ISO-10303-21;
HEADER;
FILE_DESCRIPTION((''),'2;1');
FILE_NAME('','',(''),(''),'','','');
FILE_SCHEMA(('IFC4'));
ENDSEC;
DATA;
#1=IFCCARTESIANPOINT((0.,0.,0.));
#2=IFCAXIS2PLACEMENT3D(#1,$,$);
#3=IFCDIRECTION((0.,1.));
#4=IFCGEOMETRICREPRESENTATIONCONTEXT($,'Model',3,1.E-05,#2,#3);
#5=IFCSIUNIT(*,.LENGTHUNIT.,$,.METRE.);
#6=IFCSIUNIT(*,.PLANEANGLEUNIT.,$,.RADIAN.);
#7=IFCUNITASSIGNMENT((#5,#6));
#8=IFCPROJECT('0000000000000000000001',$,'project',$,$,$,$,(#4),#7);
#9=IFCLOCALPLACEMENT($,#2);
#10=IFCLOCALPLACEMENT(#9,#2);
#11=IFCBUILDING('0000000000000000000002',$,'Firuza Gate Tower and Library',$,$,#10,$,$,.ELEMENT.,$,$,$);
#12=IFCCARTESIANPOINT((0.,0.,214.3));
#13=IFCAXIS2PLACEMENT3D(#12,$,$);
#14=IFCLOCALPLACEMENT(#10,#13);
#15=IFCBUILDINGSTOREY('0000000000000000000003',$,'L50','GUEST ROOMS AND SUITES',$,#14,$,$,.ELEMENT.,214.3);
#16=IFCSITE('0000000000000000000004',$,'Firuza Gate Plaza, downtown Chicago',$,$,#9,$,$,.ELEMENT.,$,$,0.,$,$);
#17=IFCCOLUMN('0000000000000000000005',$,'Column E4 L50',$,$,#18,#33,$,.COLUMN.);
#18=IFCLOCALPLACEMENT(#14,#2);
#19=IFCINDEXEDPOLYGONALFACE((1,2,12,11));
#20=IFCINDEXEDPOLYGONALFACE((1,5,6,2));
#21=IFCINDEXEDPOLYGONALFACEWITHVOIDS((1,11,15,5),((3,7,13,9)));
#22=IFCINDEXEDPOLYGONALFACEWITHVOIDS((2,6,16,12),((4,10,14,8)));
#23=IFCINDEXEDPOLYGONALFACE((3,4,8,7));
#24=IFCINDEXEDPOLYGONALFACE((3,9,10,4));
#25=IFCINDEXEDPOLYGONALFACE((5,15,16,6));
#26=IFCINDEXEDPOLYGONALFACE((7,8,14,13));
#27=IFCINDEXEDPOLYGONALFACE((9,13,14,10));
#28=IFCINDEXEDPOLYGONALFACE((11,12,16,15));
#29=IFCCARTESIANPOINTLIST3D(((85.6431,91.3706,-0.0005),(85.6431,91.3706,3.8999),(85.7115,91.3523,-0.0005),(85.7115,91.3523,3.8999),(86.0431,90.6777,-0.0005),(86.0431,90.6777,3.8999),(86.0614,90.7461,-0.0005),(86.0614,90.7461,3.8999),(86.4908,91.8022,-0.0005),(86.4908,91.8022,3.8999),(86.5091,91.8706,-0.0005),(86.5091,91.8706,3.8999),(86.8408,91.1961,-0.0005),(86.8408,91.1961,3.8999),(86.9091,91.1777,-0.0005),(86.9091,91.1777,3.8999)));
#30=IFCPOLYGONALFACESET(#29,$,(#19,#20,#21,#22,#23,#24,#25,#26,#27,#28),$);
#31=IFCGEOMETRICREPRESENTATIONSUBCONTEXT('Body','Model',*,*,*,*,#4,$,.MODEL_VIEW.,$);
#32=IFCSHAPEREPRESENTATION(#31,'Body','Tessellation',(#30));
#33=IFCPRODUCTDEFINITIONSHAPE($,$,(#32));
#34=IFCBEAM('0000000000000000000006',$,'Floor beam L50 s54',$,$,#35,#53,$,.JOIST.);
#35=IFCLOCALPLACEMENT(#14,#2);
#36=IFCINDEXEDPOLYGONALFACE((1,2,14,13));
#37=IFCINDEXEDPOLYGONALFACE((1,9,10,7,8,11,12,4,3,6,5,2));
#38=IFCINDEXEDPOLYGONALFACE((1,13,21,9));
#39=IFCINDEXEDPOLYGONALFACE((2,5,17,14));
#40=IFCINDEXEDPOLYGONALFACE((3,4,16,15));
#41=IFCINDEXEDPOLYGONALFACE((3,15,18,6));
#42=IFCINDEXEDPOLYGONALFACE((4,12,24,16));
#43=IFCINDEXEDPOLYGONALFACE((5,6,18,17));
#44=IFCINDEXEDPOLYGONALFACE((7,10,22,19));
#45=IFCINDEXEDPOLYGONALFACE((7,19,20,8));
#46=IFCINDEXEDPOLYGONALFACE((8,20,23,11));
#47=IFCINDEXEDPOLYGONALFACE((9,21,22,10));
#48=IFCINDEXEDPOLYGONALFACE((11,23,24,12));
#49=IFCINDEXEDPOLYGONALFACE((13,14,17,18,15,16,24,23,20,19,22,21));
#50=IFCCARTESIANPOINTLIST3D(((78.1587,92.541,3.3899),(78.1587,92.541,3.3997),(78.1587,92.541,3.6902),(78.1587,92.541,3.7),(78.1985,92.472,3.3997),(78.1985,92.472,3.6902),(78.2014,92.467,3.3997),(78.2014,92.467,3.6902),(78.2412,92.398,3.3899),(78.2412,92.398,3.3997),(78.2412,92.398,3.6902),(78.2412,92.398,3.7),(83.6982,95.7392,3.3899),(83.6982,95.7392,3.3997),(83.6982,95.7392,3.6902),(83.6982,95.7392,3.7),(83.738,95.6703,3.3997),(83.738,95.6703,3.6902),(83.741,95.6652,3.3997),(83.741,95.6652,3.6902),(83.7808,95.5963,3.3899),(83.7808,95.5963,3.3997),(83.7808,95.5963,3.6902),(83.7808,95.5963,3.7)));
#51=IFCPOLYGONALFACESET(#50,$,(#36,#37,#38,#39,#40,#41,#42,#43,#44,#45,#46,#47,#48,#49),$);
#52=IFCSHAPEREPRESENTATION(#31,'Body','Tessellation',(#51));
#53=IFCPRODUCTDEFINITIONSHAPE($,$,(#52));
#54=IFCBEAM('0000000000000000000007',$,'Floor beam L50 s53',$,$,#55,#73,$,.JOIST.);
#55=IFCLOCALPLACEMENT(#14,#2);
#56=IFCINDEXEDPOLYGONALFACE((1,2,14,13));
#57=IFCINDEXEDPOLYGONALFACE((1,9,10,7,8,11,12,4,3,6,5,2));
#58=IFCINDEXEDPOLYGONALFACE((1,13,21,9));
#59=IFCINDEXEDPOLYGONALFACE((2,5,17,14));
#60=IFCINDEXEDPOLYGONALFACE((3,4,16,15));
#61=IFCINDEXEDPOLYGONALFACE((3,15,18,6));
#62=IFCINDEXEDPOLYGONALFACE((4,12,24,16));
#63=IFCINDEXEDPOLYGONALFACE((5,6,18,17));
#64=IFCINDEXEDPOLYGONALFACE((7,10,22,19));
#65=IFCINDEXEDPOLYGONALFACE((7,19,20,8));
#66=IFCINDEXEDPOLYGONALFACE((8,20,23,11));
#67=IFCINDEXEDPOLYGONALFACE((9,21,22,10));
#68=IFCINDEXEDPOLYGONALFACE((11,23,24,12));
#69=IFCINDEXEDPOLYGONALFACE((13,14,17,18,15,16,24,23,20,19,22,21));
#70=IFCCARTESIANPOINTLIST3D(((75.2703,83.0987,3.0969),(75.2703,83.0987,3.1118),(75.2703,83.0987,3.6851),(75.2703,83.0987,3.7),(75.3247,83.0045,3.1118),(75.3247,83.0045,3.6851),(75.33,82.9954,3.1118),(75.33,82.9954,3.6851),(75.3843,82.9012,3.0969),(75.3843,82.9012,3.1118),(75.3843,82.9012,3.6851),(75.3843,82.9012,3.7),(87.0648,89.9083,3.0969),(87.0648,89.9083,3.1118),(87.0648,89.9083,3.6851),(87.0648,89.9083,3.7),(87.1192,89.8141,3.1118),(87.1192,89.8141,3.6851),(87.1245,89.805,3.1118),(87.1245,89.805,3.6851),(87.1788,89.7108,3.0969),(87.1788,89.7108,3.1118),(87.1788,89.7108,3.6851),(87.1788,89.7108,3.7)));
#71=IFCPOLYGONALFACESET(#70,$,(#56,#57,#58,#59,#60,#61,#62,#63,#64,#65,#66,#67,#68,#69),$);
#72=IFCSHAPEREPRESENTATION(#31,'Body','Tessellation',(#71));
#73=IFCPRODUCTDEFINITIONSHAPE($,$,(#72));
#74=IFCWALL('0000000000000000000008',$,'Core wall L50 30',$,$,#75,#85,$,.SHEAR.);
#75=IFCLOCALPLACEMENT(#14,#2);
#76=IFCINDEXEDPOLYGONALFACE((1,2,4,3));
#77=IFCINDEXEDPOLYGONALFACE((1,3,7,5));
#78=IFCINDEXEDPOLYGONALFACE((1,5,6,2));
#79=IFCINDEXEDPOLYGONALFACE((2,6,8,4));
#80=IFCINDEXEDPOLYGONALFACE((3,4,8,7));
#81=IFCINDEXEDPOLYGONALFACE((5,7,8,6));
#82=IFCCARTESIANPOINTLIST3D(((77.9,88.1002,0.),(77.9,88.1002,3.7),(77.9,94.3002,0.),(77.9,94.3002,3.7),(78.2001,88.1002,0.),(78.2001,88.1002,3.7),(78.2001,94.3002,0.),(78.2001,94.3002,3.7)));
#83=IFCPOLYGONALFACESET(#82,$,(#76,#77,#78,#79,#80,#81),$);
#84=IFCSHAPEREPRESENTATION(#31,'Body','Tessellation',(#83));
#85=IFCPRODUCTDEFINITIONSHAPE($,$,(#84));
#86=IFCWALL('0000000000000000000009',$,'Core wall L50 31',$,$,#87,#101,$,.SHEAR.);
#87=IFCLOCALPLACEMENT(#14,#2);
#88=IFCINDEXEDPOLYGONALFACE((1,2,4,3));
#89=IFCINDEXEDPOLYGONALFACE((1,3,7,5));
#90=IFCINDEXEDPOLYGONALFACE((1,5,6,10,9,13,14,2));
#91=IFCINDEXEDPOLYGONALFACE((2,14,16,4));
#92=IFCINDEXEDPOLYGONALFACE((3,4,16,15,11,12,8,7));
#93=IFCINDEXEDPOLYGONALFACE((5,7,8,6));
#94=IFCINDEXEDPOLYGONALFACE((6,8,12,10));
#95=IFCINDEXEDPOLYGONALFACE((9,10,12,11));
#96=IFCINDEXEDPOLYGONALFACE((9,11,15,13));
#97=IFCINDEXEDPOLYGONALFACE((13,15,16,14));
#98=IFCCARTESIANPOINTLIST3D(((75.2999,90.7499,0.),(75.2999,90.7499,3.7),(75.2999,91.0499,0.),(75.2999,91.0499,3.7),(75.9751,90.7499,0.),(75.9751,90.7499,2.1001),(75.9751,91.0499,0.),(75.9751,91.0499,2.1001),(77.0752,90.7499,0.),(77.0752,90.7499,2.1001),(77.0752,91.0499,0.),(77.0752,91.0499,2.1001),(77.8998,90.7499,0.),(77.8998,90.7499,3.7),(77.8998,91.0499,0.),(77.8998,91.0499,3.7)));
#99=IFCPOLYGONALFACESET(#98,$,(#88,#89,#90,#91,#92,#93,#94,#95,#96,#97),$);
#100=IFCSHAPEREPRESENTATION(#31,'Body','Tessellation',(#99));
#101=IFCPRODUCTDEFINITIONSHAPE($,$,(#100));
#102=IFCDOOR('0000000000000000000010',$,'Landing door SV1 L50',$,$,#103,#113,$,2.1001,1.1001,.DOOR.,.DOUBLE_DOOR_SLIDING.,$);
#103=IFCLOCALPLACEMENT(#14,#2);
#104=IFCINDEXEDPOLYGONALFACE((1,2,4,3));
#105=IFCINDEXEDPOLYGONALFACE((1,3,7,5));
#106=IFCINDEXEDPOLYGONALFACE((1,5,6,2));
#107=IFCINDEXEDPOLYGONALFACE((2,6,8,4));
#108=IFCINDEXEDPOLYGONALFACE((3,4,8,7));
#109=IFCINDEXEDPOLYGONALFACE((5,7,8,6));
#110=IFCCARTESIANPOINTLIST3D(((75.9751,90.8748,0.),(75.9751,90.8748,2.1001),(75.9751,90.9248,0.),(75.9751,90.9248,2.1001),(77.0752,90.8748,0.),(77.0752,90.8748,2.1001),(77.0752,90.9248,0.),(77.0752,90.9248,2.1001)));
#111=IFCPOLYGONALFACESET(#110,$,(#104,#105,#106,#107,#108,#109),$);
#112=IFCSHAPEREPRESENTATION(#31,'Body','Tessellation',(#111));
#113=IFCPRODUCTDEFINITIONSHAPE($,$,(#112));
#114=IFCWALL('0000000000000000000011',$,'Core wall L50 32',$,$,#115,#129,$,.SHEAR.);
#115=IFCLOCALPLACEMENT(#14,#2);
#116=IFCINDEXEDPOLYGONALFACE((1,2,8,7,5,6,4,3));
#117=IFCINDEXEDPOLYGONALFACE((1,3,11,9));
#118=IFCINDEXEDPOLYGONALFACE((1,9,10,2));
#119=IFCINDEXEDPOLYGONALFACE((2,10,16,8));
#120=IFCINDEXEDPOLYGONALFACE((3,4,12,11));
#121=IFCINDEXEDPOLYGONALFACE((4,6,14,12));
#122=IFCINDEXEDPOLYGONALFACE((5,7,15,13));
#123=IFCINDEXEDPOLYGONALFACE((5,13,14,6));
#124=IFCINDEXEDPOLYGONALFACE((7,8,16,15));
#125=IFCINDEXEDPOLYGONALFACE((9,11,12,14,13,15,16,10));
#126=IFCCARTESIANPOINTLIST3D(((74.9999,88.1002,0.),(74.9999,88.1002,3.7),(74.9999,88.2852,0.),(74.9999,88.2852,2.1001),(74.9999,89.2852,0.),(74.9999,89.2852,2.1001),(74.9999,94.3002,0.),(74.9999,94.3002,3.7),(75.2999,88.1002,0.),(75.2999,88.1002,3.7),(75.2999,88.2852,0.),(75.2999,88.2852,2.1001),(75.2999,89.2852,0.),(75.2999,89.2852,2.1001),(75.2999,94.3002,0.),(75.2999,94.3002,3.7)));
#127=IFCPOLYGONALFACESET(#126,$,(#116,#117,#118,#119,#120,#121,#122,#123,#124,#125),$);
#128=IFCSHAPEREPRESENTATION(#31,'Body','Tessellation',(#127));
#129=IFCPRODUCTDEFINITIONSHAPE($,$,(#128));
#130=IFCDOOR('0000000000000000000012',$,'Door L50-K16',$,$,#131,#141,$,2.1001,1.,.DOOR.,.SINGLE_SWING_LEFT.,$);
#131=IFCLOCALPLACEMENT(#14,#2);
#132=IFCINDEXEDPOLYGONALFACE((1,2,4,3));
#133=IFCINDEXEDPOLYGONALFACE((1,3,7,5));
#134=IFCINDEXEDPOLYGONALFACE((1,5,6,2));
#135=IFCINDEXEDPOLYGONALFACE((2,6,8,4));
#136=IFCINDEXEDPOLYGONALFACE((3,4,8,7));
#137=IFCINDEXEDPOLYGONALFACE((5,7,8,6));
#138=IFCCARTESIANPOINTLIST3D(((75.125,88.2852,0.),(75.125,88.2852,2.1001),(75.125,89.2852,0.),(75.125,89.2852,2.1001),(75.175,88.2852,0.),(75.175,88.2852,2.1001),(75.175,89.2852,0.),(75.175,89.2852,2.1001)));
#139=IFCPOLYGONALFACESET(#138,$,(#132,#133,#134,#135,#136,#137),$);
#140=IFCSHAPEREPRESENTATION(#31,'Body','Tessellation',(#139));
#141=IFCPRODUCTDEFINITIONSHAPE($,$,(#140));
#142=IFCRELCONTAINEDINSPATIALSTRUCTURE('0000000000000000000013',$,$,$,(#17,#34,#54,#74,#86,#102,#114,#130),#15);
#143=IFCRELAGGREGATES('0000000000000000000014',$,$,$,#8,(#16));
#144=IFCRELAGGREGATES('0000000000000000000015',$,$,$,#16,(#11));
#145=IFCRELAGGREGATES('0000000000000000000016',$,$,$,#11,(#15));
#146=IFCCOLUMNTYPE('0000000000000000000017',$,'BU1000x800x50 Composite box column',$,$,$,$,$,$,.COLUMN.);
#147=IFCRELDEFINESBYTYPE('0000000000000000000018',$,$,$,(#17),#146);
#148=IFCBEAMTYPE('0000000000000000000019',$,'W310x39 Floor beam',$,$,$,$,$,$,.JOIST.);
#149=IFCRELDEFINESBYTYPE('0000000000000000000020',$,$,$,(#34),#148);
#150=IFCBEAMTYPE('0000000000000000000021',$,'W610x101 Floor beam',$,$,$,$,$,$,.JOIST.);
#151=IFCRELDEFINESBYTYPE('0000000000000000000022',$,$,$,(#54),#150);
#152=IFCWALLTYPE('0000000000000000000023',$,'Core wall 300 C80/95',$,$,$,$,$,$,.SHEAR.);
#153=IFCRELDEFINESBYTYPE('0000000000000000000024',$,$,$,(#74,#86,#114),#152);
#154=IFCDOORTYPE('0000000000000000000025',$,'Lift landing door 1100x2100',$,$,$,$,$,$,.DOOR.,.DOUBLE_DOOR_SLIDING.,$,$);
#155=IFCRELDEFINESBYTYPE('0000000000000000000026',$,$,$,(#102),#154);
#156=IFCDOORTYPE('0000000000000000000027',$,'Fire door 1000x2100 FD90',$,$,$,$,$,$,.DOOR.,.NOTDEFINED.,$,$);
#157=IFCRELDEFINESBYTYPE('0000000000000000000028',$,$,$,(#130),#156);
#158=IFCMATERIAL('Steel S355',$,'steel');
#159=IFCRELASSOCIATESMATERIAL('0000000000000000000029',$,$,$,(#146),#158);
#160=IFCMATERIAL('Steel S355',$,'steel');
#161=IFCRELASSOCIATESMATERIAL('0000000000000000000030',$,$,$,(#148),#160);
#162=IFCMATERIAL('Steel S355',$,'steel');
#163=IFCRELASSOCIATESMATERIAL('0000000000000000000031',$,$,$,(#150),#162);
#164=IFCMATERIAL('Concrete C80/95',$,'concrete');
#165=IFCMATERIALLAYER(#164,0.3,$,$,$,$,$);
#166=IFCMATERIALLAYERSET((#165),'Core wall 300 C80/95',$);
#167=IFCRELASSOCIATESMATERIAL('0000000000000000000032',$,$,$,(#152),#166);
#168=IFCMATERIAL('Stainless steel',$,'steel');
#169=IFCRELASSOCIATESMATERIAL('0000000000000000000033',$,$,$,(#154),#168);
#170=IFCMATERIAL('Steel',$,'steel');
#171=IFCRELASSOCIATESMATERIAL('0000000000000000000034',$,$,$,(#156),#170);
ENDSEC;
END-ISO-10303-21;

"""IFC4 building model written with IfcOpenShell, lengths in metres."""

from ifc_helpers import new_model, si_unit, direction, frame, frame_2d, origin, origin_2d, place, context, subcontext, project, spatial, rectangle, hollow_rectangle, i_section, extrude, material, layer, layer_set, material_profile, profile_set, type_object, element, fill, save


model = new_model("IFC4")

# Units and contexts
model_context = context("Model", 3, precision=1e-05, world=origin(), true_north=direction((0.0, 1.0)))
body_context = subcontext(model_context, "Body", "Model", "MODEL_VIEW")
ifc_project = project(units=[si_unit("LENGTHUNIT", "METRE"), si_unit("PLANEANGLEUNIT", "RADIAN")], contexts=[model_context])

# Site, building, storey
site_placement = place(None, origin())
site = spatial("IfcSite", under=ifc_project, at=site_placement, Name="Firuza Gate Plaza, downtown Chicago", CompositionType="ELEMENT", RefElevation=0.0)
building_placement = place(site_placement, origin())
building = spatial("IfcBuilding", under=site, at=building_placement, Name="Firuza Gate Tower and Library", CompositionType="ELEMENT")
storey_placement = place(building_placement, frame((0.0, 0.0, 214.3)))
storey = spatial("IfcBuildingStorey", under=building, at=storey_placement, Name="L50", Description="GUEST ROOMS AND SUITES", CompositionType="ELEMENT", Elevation=214.3)

# Column
ifc_material_1 = material(Name="Steel S355", Category="steel")
ifc_material_profile_1 = material_profile(ifc_material_1, hollow_rectangle(XDim=0.8, YDim=1.0, WallThickness=0.05, at=origin_2d()))
ifc_profile_set_1 = profile_set([ifc_material_profile_1], Name="Steel S355")
column_type = type_object("IfcColumnType", Name="BU1000x800x50 Composite box column", PredefinedType="COLUMN", material=ifc_profile_set_1)
column_placement = place(storey_placement, frame((86.2761, 91.2742, -0.0005), z_axis=(0.0, 0.0, 1.0), x_axis=(-0.5, 0.866025, 0.0)))
element("IfcColumn", 1, at=column_placement, inside=storey, type_object=column_type, Name="Column E4 L50", PredefinedType="COLUMN", context=body_context, shape_type="SweptSolid", body=[
    extrude(hollow_rectangle(XDim=0.8, YDim=1.0, WallThickness=0.05, at=origin_2d()), origin(), (0.0, 0.0, 1.0), 3.9004),
])

# Beams
ifc_material_2 = material(Name="Steel S355", Category="steel")
ifc_material_profile_2 = material_profile(ifc_material_2, i_section(OverallWidth=0.165, OverallDepth=0.3101, WebThickness=0.0059, FlangeThickness=0.0098, at=origin_2d()))
ifc_profile_set_2 = profile_set([ifc_material_profile_2], Name="Steel S355")
beam_type_1 = type_object("IfcBeamType", Name="W310x39 Floor beam", PredefinedType="JOIST", material=ifc_profile_set_2)
beam_1_placement = place(storey_placement, frame((83.7395, 95.6677, 3.5449), z_axis=(-0.866027, -0.499998, 0.0), x_axis=(0.499998, -0.866027, 0.0)))
element("IfcBeam", 2, at=beam_1_placement, inside=storey, type_object=beam_type_1, Name="Floor beam L50 s54", PredefinedType="JOIST", context=body_context, shape_type="SweptSolid", body=[
    extrude(i_section(OverallWidth=0.165, OverallDepth=0.3101, WebThickness=0.0059, FlangeThickness=0.0098, at=origin_2d()), origin(), (0.0, 0.0, 1.0), 6.3965),
])
ifc_material_3 = material(Name="Steel S355", Category="steel")
ifc_material_profile_3 = material_profile(ifc_material_3, i_section(OverallWidth=0.228, OverallDepth=0.603, WebThickness=0.0105, FlangeThickness=0.0149, at=origin_2d()))
ifc_profile_set_3 = profile_set([ifc_material_profile_3], Name="Steel S355")
beam_type_2 = type_object("IfcBeamType", Name="W610x101 Floor beam", PredefinedType="JOIST", material=ifc_profile_set_3)
beam_2_placement = place(storey_placement, frame((87.1218, 89.8096, 3.3984), z_axis=(-0.866024, -0.500003, 0.0), x_axis=(0.500003, -0.866024, 0.0)))
element("IfcBeam", 3, at=beam_2_placement, inside=storey, type_object=beam_type_2, Name="Floor beam L50 s53", PredefinedType="JOIST", context=body_context, shape_type="SweptSolid", body=[
    extrude(i_section(OverallWidth=0.228, OverallDepth=0.603, WebThickness=0.0105, FlangeThickness=0.0149, at=origin_2d()), origin(), (0.0, 0.0, 1.0), 13.6191),
])

# Wall
ifc_material_4 = material(Name="Concrete C80/95", Category="concrete")
ifc_layer_1 = layer(ifc_material_4, 0.3)
ifc_layer_set_1 = layer_set([ifc_layer_1], Name="Core wall 300 C80/95")
wall_type_1 = type_object("IfcWallType", Name="Core wall 300 C80/95", PredefinedType="SHEAR", material=ifc_layer_set_1)
wall_1_placement = place(storey_placement, frame((78.05, 88.1001, 0.0), z_axis=(0.0, 0.0, 1.0), x_axis=(0.0, 1.0, 0.0)))
element("IfcWall", 4, at=wall_1_placement, inside=storey, type_object=wall_type_1, Name="Core wall L50 30", PredefinedType="SHEAR", context=body_context, shape_type="SweptSolid", body=[
    extrude(rectangle(XDim=6.2, YDim=0.3, at=frame_2d((3.1001, 0.0))), origin(), (0.0, 0.0, 1.0), 3.7),
])

# Walls, openings, doors
wall_2_placement = place(storey_placement, frame((75.3, 90.8999, 0.0), z_axis=(0.0, 0.0, 1.0), x_axis=(1.0, 0.0, 0.0)))
wall_2 = element("IfcWall", 5, at=wall_2_placement, inside=storey, type_object=wall_type_1, Name="Core wall L50 31", PredefinedType="SHEAR", context=body_context, shape_type="SweptSolid", body=[
    extrude(rectangle(XDim=2.5999, YDim=0.3, at=frame_2d((1.2998, 0.0))), origin(), (0.0, 0.0, 1.0), 3.7),
])
opening_1_placement = place(wall_2_placement, frame((0.675, 0.0, 0.0)))
opening_1 = element("IfcOpeningElement", 6, at=opening_1_placement, cuts=wall_2, PredefinedType="OPENING", context=body_context, shape_type="SweptSolid", body=[
    extrude(rectangle(XDim=1.1001, YDim=2.1001, at=frame_2d((0.55, 1.05))), frame((0.0, 0.1602, 0.0), z_axis=(0.0, -1.0, 0.0), x_axis=(1.0, 0.0, 0.0)), (0.0, 0.0, 1.0), 0.3201),
])
ifc_material_5 = material(Name="Stainless steel", Category="steel")
door_type_1 = type_object("IfcDoorType", Name="Lift landing door 1100x2100", OperationType="DOUBLE_DOOR_SLIDING", PredefinedType="DOOR", material=ifc_material_5)
door_1_placement = place(opening_1_placement, origin())
door_1 = element("IfcDoor", 7, at=door_1_placement, inside=storey, type_object=door_type_1, Name="Landing door SV1 L50", OperationType="DOUBLE_DOOR_SLIDING", OverallHeight=2.1001, OverallWidth=1.1001, PredefinedType="DOOR", context=body_context, shape_type="SweptSolid", body=[
    extrude(rectangle(XDim=1.1001, YDim=2.1001, at=frame_2d((0.55, 1.05))), frame((0.0, 0.0249, 0.0), z_axis=(0.0, -1.0, 0.0), x_axis=(1.0, 0.0, 0.0)), (0.0, 0.0, 1.0), 0.05),
])
fill(opening_1, door_1)
wall_3_placement = place(storey_placement, frame((75.1499, 88.1001, 0.0), z_axis=(0.0, 0.0, 1.0), x_axis=(0.0, 1.0, 0.0)))
wall_3 = element("IfcWall", 8, at=wall_3_placement, inside=storey, type_object=wall_type_1, Name="Core wall L50 32", PredefinedType="SHEAR", context=body_context, shape_type="SweptSolid", body=[
    extrude(rectangle(XDim=6.2, YDim=0.3, at=frame_2d((3.1001, 0.0))), origin(), (0.0, 0.0, 1.0), 3.7),
])
opening_2_placement = place(wall_3_placement, frame((0.1851, 0.0, 0.0)))
opening_2 = element("IfcOpeningElement", 9, at=opening_2_placement, cuts=wall_3, PredefinedType="OPENING", context=body_context, shape_type="SweptSolid", body=[
    extrude(rectangle(XDim=1.0, YDim=2.1001, at=frame_2d((0.5, 1.05))), frame((0.0, 0.1602, 0.0), z_axis=(0.0, -1.0, 0.0), x_axis=(1.0, 0.0, 0.0)), (0.0, 0.0, 1.0), 0.3201),
])
ifc_material_6 = material(Name="Steel", Category="steel")
door_type_2 = type_object("IfcDoorType", Name="Fire door 1000x2100 FD90", OperationType="NOTDEFINED", PredefinedType="DOOR", material=ifc_material_6)
door_2_placement = place(opening_2_placement, origin())
door_2 = element("IfcDoor", 10, at=door_2_placement, inside=storey, type_object=door_type_2, Name="Door L50-K16", OperationType="SINGLE_SWING_LEFT", OverallHeight=2.1001, OverallWidth=1.0, PredefinedType="DOOR", context=body_context, shape_type="SweptSolid", body=[
    extrude(rectangle(XDim=1.0, YDim=2.1001, at=frame_2d((0.5, 1.05))), frame((0.0, 0.0249, 0.0), z_axis=(0.0, -1.0, 0.0), x_axis=(1.0, 0.0, 0.0)), (0.0, 0.0, 1.0), 0.05),
])
fill(opening_2, door_2)

save(model, "model.ifc")
